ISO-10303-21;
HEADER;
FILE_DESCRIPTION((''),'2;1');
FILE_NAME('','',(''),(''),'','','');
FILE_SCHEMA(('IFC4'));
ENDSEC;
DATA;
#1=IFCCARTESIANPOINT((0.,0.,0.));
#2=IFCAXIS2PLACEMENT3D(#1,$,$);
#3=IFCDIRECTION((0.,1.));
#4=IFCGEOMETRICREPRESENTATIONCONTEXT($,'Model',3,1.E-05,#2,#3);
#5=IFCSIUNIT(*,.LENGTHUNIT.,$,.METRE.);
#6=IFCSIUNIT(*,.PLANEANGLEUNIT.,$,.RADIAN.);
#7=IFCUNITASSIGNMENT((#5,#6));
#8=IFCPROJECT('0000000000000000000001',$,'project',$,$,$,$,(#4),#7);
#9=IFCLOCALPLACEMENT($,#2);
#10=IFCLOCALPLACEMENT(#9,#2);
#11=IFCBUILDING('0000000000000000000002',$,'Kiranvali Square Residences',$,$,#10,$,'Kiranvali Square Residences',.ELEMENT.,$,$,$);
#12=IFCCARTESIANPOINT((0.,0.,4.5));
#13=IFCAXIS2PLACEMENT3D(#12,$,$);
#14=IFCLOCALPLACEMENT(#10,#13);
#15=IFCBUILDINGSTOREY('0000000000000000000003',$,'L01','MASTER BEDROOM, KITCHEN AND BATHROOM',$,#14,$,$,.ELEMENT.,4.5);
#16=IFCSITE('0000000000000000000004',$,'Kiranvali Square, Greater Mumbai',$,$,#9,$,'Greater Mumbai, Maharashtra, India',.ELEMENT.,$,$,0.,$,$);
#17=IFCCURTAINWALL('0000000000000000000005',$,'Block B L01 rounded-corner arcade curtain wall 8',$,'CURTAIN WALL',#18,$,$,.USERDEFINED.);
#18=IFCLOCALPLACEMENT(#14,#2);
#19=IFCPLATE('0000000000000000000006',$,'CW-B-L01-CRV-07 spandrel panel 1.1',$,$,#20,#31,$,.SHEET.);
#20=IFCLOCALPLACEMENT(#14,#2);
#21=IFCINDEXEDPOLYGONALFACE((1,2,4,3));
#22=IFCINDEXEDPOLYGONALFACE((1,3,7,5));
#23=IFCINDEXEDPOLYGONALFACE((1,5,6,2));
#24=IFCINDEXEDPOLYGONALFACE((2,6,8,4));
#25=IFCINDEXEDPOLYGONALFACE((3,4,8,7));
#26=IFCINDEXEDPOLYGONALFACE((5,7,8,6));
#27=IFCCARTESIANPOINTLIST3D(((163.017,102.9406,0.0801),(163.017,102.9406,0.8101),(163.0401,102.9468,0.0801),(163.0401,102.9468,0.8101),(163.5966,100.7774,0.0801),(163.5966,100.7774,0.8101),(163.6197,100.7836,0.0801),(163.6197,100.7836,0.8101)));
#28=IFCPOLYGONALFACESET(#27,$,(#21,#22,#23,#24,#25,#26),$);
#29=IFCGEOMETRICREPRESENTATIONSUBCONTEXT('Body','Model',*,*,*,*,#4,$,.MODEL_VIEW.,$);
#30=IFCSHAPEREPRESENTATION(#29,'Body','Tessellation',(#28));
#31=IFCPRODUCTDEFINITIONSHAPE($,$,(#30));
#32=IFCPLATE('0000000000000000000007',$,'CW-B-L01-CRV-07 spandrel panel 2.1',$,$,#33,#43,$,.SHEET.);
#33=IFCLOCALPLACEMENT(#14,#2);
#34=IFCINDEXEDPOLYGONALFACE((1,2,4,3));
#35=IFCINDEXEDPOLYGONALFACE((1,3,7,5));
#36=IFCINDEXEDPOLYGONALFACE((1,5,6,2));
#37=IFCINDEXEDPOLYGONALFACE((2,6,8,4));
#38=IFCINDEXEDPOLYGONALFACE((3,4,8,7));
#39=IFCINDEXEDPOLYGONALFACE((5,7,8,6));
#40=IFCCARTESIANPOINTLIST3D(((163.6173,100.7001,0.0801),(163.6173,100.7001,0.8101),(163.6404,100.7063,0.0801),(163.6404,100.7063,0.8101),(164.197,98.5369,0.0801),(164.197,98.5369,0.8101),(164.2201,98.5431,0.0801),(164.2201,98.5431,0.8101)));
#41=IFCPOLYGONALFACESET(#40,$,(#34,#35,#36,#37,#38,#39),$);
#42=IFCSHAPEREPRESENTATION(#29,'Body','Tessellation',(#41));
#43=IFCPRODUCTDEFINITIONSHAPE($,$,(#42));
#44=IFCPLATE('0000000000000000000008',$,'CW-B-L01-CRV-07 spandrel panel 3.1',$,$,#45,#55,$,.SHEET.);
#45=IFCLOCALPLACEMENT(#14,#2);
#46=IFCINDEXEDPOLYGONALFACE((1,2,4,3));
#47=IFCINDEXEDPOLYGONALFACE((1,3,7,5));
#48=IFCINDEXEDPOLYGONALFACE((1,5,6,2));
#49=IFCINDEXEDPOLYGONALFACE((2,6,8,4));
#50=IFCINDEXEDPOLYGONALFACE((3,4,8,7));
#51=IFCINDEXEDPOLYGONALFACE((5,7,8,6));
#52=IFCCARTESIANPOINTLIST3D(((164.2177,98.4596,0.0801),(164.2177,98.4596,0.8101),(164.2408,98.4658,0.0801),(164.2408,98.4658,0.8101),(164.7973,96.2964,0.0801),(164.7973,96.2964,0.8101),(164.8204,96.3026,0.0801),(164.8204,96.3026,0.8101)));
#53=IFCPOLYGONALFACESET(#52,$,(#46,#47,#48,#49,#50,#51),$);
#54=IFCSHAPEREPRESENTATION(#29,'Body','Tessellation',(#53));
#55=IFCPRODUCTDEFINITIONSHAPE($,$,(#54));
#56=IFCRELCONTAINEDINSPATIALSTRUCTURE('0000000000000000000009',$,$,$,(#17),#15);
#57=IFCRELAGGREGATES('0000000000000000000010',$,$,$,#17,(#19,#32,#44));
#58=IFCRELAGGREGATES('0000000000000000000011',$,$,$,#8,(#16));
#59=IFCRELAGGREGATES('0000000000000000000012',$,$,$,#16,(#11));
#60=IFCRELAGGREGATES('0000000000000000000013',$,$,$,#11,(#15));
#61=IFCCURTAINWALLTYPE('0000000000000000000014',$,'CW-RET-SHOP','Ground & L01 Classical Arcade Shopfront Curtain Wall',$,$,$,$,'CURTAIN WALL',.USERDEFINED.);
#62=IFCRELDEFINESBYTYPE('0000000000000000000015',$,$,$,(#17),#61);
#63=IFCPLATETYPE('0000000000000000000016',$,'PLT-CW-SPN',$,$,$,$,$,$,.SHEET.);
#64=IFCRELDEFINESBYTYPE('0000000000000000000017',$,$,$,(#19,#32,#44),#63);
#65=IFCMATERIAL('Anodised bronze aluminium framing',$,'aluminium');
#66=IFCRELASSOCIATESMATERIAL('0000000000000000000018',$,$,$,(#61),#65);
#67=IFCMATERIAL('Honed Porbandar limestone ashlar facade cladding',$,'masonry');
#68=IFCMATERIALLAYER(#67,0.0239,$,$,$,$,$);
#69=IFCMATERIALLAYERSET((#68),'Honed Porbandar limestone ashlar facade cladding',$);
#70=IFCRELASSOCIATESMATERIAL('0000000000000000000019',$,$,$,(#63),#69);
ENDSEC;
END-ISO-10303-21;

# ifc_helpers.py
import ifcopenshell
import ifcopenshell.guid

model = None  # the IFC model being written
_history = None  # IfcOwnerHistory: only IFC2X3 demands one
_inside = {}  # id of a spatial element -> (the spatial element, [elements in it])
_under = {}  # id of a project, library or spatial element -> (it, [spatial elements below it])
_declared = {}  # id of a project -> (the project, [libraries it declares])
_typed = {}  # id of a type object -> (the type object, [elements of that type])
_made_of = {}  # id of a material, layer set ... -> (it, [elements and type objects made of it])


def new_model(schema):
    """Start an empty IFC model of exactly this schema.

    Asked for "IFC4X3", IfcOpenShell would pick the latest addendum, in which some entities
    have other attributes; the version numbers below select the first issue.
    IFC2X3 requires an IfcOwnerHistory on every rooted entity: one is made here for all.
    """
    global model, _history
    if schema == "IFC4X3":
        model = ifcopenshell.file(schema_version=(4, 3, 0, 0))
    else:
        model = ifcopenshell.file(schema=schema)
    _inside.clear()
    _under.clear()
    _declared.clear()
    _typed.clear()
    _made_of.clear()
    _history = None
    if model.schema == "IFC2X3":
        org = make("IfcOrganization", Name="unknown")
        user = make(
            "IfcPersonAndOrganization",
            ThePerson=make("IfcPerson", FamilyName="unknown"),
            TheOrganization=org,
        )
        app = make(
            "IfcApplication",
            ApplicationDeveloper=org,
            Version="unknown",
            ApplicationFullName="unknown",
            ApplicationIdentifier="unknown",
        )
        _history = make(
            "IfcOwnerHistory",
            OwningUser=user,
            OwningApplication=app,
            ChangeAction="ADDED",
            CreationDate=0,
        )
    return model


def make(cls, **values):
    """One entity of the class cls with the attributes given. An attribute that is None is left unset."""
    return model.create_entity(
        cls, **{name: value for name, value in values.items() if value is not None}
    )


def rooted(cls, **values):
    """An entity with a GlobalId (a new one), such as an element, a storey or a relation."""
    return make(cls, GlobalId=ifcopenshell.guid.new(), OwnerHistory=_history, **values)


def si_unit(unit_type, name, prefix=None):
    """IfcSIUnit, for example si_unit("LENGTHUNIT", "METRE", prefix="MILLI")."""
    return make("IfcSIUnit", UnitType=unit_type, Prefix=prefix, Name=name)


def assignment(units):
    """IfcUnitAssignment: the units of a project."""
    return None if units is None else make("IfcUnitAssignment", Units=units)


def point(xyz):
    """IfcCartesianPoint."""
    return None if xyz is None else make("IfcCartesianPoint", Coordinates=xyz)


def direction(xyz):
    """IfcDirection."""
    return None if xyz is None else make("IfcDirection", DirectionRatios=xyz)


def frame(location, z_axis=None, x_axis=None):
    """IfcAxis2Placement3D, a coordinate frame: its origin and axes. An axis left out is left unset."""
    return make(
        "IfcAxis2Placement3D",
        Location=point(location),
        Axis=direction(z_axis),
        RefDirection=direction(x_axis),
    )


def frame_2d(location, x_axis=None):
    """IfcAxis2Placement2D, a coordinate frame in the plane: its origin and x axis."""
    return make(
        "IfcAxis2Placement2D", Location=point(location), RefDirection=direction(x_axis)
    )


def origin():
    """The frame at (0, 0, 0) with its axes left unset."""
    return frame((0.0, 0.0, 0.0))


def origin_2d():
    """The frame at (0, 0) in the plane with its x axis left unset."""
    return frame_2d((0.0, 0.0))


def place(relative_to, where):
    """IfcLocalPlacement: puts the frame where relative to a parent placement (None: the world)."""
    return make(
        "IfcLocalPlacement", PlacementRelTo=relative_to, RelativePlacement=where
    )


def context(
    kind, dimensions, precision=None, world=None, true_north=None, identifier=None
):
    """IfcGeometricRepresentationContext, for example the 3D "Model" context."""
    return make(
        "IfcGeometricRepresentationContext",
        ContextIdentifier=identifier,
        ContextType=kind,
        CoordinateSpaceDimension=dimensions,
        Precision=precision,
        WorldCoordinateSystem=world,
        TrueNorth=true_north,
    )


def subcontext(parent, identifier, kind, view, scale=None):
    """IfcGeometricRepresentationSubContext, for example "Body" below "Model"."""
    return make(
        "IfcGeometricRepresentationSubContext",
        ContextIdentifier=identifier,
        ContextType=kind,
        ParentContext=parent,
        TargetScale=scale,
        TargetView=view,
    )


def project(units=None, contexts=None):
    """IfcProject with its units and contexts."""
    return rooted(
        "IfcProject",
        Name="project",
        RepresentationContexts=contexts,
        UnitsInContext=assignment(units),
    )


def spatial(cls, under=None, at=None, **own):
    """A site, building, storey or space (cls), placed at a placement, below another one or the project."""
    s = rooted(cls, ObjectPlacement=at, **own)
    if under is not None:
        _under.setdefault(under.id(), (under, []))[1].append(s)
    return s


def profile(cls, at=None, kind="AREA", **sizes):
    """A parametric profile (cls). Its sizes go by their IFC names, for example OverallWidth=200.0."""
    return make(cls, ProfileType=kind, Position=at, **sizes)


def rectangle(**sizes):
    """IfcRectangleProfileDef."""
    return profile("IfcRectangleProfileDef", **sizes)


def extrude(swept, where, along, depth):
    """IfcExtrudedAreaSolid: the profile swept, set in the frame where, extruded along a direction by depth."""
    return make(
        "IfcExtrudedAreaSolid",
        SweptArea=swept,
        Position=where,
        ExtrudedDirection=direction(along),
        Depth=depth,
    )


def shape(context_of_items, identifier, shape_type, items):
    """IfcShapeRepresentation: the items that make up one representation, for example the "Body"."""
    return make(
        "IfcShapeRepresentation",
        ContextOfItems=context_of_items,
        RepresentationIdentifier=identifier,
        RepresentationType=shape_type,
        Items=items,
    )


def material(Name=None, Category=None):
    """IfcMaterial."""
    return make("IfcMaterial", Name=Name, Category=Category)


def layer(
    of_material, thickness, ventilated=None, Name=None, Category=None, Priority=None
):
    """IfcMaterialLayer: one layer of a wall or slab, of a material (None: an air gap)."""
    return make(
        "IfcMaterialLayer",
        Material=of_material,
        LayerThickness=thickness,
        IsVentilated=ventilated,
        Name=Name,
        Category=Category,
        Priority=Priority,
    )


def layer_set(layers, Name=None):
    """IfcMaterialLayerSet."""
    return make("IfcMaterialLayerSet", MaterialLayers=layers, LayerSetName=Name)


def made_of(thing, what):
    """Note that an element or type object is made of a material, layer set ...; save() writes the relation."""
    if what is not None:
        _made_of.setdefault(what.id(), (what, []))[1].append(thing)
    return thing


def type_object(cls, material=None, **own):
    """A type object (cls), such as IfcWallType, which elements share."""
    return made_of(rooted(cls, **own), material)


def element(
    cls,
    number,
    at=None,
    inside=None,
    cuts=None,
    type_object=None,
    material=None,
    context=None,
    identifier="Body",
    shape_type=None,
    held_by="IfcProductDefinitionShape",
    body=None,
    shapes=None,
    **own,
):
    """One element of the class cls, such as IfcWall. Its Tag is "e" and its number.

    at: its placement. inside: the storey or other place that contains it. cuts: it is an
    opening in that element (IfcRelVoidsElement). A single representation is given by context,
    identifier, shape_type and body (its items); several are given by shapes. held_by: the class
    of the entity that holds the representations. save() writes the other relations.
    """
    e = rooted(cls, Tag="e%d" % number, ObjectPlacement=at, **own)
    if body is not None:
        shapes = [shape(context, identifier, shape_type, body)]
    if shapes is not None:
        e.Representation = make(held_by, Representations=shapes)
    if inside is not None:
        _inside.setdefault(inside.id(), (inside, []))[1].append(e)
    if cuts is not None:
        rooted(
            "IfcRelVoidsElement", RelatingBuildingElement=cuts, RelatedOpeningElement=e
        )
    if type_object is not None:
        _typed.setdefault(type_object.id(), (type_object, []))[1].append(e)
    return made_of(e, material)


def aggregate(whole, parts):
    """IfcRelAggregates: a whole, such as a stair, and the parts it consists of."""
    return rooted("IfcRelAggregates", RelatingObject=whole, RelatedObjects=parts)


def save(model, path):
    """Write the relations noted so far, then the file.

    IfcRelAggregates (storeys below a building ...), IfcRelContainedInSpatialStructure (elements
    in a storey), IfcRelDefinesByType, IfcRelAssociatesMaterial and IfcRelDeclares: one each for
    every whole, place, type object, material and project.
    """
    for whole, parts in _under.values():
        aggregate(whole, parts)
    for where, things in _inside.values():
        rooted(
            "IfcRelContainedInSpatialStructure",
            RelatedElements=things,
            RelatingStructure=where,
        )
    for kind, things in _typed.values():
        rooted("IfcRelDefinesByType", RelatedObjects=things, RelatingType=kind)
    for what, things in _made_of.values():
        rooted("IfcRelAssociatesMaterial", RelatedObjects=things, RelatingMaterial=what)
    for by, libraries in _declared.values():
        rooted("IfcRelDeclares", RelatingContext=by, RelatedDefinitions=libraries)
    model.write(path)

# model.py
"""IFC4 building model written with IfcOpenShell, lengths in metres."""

from ifc_helpers import new_model, si_unit, direction, frame, origin, origin_2d, place, context, subcontext, project, spatial, rectangle, extrude, material, layer, layer_set, type_object, element, aggregate, save


model = new_model("IFC4")

# Units and contexts
model_context = context("Model", 3, precision=1e-05, world=origin(), true_north=direction((0.0, 1.0)))
body_context = subcontext(model_context, "Body", "Model", "MODEL_VIEW")
ifc_project = project(units=[si_unit("LENGTHUNIT", "METRE"), si_unit("PLANEANGLEUNIT", "RADIAN")], contexts=[model_context])

# Site, building, storey
site_placement = place(None, origin())
site = spatial("IfcSite", under=ifc_project, at=site_placement, Name="Kiranvali Square, Greater Mumbai", LongName="Greater Mumbai, Maharashtra, India", CompositionType="ELEMENT", RefElevation=0.0)
building_placement = place(site_placement, origin())
building = spatial("IfcBuilding", under=site, at=building_placement, Name="Kiranvali Square Residences", LongName="Kiranvali Square Residences", CompositionType="ELEMENT")
storey_placement = place(building_placement, frame((0.0, 0.0, 4.5)))
storey = spatial("IfcBuildingStorey", under=building, at=storey_placement, Name="L01", Description="MASTER BEDROOM, KITCHEN AND BATHROOM", CompositionType="ELEMENT", Elevation=4.5)

# Shared definitions
ifc_material_1 = material(Name="Anodised bronze aluminium framing", Category="aluminium")
curtain_wall_type = type_object("IfcCurtainWallType", Name="CW-RET-SHOP", Description="Ground & L01 Classical Arcade Shopfront Curtain Wall", ElementType="CURTAIN WALL", PredefinedType="USERDEFINED", material=ifc_material_1)

# Curtain wall
curtain_wall_1_placement = place(storey_placement, origin())
curtain_wall_1 = element("IfcCurtainWall", 1, at=curtain_wall_1_placement, inside=storey, type_object=curtain_wall_type, Name="Block B L01 rounded-corner arcade curtain wall 8", ObjectType="CURTAIN WALL", PredefinedType="USERDEFINED")

# Plates
ifc_material_2 = material(Name="Honed Porbandar limestone ashlar facade cladding", Category="masonry")
ifc_layer_1 = layer(ifc_material_2, 0.0239)
ifc_layer_set_1 = layer_set([ifc_layer_1], Name="Honed Porbandar limestone ashlar facade cladding")
plate_type_1 = type_object("IfcPlateType", Name="PLT-CW-SPN", PredefinedType="SHEET", material=ifc_layer_set_1)
plate_1_placement = place(storey_placement, frame((163.3184, 101.8621, 0.0801), z_axis=(0.0, 0.0, 1.0), x_axis=(0.258819, -0.965926, 0.0)))
plate_1 = element("IfcPlate", 2, at=plate_1_placement, type_object=plate_type_1, Name="CW-B-L01-CRV-07 spandrel panel 1.1", PredefinedType="SHEET", context=body_context, shape_type="SweptSolid", body=[
    extrude(rectangle(XDim=2.2395, YDim=0.0239, at=origin_2d()), origin(), (0.0, 0.0, 1.0), 0.73),
])
plate_2_placement = place(storey_placement, frame((163.9187, 99.6216, 0.0801), z_axis=(0.0, 0.0, 1.0), x_axis=(0.258819, -0.965926, 0.0)))
plate_2 = element("IfcPlate", 3, at=plate_2_placement, type_object=plate_type_1, Name="CW-B-L01-CRV-07 spandrel panel 2.1", PredefinedType="SHEET", context=body_context, shape_type="SweptSolid", body=[
    extrude(rectangle(XDim=2.2395, YDim=0.0239, at=origin_2d()), origin(), (0.0, 0.0, 1.0), 0.73),
])
plate_3_placement = place(storey_placement, frame((164.519, 97.3811, 0.0801), z_axis=(0.0, 0.0, 1.0), x_axis=(0.258819, -0.965926, 0.0)))
plate_3 = element("IfcPlate", 4, at=plate_3_placement, type_object=plate_type_1, Name="CW-B-L01-CRV-07 spandrel panel 3.1", PredefinedType="SHEET", context=body_context, shape_type="SweptSolid", body=[
    extrude(rectangle(XDim=2.2395, YDim=0.0239, at=origin_2d()), origin(), (0.0, 0.0, 1.0), 0.73),
])
aggregate(curtain_wall_1, [plate_1, plate_2, plate_3])

save(model, "model.ifc")
